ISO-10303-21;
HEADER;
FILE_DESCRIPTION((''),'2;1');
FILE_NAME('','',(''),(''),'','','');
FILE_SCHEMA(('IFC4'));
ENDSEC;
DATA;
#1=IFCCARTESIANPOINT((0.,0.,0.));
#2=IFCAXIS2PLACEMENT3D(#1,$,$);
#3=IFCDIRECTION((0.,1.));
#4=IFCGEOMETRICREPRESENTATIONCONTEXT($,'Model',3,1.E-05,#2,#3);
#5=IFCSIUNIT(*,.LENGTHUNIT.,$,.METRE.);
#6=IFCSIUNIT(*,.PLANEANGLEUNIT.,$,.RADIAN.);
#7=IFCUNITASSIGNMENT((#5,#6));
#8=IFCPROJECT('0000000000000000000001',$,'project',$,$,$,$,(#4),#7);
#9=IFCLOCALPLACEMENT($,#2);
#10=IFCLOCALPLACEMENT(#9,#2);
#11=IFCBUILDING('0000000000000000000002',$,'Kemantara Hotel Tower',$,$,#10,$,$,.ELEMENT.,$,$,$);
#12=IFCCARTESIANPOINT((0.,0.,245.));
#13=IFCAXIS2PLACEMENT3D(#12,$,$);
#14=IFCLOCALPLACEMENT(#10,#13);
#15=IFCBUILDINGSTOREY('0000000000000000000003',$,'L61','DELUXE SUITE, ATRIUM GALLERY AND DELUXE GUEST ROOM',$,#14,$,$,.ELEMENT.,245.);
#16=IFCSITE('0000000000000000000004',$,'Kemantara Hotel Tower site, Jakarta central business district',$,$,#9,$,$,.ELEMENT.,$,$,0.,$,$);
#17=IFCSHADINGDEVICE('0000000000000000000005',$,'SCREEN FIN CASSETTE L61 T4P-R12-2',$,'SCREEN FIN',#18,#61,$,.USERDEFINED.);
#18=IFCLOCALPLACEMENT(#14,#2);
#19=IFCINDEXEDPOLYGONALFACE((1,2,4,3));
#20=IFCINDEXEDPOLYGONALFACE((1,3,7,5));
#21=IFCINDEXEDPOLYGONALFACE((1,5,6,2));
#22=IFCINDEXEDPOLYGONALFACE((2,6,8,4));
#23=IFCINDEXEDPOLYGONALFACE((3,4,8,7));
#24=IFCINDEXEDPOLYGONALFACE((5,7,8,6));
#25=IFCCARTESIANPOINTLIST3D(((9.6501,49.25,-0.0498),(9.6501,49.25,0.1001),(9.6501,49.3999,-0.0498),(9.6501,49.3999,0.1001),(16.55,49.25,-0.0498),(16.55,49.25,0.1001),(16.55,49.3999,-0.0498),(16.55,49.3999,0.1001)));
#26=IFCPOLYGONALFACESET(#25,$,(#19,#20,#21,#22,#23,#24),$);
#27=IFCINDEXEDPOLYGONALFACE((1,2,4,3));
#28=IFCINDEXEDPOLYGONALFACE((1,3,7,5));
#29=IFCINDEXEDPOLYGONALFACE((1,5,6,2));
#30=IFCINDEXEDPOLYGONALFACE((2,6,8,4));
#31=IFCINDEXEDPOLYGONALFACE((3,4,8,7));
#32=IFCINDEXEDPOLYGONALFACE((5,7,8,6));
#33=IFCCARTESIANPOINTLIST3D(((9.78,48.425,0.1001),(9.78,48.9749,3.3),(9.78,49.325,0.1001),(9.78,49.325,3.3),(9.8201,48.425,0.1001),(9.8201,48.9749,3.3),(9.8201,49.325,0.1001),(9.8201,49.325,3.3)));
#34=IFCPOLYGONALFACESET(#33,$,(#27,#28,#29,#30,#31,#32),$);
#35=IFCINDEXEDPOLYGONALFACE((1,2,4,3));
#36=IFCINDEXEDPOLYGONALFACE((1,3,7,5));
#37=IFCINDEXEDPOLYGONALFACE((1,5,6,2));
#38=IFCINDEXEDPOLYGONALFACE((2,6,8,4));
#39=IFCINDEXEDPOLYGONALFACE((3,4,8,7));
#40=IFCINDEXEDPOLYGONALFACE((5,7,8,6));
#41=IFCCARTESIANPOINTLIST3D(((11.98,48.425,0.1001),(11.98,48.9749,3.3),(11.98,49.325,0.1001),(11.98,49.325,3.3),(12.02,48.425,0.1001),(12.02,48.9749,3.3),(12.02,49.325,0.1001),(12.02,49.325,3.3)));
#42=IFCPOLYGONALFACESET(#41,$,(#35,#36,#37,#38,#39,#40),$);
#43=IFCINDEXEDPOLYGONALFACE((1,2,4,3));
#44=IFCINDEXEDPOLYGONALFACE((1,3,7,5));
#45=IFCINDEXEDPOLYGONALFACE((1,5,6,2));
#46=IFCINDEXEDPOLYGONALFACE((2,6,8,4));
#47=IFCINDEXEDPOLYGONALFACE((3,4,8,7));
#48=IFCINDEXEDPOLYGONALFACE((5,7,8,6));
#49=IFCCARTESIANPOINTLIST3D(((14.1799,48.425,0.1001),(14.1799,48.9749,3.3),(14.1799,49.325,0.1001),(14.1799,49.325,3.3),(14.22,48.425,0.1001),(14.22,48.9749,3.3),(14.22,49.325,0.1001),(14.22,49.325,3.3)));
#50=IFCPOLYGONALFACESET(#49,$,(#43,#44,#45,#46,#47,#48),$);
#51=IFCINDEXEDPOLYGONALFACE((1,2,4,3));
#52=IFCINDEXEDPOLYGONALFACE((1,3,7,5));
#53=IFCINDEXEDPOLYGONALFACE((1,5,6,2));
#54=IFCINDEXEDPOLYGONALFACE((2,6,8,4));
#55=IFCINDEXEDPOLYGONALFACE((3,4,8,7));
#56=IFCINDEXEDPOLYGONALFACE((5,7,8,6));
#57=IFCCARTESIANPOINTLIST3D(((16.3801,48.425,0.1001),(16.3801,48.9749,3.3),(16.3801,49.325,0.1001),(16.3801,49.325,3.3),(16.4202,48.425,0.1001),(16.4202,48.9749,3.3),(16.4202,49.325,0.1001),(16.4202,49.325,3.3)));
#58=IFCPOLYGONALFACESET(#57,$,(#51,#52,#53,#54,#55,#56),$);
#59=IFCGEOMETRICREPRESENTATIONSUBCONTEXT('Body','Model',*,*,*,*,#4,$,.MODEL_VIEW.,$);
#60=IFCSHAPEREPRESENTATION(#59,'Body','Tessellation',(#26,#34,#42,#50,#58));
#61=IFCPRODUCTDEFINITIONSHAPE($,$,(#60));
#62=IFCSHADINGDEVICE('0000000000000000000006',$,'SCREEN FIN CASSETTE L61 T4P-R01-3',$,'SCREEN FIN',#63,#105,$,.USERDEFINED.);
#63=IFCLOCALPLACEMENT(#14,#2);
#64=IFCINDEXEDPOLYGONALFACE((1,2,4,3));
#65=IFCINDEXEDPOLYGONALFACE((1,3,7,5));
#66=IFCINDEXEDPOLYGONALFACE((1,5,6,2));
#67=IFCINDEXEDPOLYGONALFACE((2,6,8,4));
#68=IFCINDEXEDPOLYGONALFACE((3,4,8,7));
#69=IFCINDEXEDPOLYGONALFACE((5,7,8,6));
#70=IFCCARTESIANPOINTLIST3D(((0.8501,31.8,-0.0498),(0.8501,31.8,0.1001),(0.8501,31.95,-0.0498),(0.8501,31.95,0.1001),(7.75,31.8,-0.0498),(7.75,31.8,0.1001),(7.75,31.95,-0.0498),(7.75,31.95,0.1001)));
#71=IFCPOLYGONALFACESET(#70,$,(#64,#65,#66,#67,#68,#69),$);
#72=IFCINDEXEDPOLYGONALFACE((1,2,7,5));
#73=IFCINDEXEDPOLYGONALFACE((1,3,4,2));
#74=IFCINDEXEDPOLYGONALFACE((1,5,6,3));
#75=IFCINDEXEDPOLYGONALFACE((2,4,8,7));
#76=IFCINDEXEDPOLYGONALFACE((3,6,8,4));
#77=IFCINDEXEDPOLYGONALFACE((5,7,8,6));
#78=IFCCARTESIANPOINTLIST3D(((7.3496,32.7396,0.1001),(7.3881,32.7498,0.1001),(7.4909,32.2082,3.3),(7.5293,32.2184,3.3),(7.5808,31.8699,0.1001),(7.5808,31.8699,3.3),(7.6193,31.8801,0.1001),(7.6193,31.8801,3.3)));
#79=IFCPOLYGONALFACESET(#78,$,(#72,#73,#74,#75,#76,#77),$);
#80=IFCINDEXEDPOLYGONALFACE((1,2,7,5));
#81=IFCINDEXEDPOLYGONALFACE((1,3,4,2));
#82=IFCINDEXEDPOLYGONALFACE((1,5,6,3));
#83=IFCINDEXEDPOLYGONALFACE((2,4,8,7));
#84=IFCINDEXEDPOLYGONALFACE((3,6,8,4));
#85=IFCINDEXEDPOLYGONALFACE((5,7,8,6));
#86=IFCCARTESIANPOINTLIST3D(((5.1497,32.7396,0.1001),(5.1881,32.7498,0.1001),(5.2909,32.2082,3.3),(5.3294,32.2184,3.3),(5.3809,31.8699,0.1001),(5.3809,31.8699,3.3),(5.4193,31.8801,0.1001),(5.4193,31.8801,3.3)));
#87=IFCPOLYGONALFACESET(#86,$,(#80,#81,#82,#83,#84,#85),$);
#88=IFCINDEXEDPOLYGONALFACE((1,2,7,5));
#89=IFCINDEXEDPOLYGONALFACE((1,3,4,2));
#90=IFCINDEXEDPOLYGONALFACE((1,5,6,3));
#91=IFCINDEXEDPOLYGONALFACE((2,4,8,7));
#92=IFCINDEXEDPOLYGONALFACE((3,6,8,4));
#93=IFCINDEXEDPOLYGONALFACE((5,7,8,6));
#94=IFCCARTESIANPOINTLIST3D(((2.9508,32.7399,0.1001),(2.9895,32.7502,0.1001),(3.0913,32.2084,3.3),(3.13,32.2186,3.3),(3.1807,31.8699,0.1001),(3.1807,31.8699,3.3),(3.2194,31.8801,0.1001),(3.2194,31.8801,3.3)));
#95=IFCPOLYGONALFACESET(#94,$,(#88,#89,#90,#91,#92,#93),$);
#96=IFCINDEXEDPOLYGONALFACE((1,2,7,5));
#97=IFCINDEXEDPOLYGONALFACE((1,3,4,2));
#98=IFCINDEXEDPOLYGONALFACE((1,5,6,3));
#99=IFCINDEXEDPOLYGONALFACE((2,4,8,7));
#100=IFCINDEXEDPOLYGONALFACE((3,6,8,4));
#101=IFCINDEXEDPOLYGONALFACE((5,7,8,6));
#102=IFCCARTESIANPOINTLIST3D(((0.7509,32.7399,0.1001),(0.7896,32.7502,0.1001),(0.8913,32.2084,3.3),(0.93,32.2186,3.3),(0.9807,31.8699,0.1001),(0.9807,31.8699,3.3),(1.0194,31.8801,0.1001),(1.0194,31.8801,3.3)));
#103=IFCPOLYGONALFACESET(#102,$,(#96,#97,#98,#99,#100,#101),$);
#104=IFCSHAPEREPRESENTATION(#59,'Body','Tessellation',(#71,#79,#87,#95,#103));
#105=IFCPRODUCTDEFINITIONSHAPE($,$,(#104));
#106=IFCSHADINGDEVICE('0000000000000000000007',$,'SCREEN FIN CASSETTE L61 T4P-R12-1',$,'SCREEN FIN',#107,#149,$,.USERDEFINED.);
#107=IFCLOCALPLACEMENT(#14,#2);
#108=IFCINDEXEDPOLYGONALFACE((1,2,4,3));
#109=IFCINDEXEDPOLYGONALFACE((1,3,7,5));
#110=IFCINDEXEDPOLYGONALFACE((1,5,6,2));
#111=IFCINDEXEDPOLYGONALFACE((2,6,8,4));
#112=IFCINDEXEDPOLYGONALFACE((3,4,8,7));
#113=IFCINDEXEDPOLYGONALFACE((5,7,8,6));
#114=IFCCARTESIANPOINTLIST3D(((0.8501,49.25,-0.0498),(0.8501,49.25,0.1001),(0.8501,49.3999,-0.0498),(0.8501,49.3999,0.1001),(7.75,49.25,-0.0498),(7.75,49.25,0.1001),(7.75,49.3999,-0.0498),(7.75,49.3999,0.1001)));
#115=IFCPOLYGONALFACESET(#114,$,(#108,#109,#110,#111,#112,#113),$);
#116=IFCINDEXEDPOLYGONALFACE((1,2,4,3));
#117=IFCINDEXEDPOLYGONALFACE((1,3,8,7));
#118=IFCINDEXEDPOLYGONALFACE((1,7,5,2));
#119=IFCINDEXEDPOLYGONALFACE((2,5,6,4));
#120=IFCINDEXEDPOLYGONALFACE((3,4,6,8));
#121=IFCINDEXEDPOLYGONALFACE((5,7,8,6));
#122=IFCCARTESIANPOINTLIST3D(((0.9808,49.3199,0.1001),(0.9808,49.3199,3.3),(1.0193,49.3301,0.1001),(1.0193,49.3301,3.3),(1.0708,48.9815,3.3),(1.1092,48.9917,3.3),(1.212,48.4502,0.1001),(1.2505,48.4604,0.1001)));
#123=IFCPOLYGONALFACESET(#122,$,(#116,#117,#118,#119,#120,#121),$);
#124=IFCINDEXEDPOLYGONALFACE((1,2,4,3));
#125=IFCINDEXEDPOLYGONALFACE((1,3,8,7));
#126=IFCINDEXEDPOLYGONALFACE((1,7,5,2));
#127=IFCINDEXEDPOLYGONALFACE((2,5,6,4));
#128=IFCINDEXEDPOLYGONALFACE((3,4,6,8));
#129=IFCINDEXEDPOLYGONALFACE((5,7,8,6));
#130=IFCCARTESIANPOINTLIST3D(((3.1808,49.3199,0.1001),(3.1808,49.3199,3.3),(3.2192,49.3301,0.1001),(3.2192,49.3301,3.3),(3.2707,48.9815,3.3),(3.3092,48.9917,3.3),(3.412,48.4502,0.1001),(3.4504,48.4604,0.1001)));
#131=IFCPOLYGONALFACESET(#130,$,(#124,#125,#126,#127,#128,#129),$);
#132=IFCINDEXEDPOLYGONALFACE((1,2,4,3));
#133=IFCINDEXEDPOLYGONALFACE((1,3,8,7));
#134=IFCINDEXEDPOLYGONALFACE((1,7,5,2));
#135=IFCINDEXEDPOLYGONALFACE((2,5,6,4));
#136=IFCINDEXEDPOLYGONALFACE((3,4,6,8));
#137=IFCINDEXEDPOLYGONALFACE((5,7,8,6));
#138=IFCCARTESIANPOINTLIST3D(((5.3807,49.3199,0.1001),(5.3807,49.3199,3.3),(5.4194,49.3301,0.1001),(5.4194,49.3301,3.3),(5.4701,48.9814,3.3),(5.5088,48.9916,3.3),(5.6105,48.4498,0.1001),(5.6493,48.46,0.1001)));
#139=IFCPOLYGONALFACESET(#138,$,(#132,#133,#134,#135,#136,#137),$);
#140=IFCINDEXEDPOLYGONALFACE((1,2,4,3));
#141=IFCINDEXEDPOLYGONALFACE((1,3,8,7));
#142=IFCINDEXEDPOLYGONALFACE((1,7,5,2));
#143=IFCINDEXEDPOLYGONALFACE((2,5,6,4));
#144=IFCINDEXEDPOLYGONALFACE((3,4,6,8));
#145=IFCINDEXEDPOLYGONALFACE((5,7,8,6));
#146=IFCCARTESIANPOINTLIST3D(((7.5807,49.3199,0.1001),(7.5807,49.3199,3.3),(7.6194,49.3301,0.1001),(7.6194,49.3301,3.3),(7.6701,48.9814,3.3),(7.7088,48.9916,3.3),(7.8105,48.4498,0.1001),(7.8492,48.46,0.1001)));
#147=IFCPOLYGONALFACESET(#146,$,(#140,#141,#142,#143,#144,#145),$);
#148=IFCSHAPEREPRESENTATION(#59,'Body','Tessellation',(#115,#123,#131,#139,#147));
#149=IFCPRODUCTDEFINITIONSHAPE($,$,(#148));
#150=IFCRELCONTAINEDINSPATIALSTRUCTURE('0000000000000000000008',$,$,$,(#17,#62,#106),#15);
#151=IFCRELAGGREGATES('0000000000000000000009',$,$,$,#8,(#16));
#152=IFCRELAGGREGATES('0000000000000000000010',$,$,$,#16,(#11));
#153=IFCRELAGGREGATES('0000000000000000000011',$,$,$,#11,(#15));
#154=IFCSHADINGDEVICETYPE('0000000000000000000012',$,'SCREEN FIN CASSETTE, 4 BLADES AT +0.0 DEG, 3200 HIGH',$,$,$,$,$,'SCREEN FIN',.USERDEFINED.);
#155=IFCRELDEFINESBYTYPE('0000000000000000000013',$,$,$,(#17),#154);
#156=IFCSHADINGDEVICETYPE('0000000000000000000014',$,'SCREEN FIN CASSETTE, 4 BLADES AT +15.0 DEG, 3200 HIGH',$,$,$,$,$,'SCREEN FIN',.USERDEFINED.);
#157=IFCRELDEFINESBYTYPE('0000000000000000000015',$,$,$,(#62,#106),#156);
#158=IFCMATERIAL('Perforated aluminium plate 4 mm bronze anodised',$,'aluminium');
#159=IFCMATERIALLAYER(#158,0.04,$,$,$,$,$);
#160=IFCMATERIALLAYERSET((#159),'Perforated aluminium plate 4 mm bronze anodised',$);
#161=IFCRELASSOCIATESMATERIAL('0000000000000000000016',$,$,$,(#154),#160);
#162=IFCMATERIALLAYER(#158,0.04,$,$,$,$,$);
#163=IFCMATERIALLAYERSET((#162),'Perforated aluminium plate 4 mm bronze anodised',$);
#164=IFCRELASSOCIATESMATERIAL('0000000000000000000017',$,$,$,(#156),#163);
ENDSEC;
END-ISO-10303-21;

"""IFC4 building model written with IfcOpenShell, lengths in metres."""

from ifc_helpers import new_model, si_unit, direction, frame, origin, origin_2d, place, context, subcontext, project, spatial, polyline, rectangle, outline, extrude, source, transform, mapped, material, layer, layer_set, type_object, element, save


model = new_model("IFC4")

# Units and contexts
model_context = context("Model", 3, precision=1e-05, world=origin(), true_north=direction((0.0, 1.0)))
body_context = subcontext(model_context, "Body", "Model", "MODEL_VIEW")
ifc_project = project(units=[si_unit("LENGTHUNIT", "METRE"), si_unit("PLANEANGLEUNIT", "RADIAN")], contexts=[model_context])

# Site, building, storey
site_placement = place(None, origin())
site = spatial("IfcSite", under=ifc_project, at=site_placement, Name="Kemantara Hotel Tower site, Jakarta central business district", CompositionType="ELEMENT", RefElevation=0.0)
building_placement = place(site_placement, origin())
building = spatial("IfcBuilding", under=site, at=building_placement, Name="Kemantara Hotel Tower", CompositionType="ELEMENT")
storey_placement = place(building_placement, frame((0.0, 0.0, 245.0)))
storey = spatial("IfcBuildingStorey", under=building, at=storey_placement, Name="L61", Description="DELUXE SUITE, ATRIUM GALLERY AND DELUXE GUEST ROOM", CompositionType="ELEMENT", Elevation=245.0)

# Shading devices
ifc_material_1 = material(Name="Perforated aluminium plate 4 mm bronze anodised", Category="aluminium")
ifc_layer_1 = layer(ifc_material_1, 0.04)
ifc_layer_set_1 = layer_set([ifc_layer_1], Name="Perforated aluminium plate 4 mm bronze anodised")
shading_device_type_1 = type_object("IfcShadingDeviceType", Name="SCREEN FIN CASSETTE, 4 BLADES AT +0.0 DEG, 3200 HIGH", ElementType="SCREEN FIN", PredefinedType="USERDEFINED", material=ifc_layer_set_1)
shared_shape_1 = source(origin(), body_context, "Body", "SweptSolid", [
    extrude(rectangle(XDim=6.8999, YDim=0.1499, at=origin_2d()), frame((3.3, -0.075, -0.1499), z_axis=(0.0, 0.0, 1.0), x_axis=(1.0, 0.0, 0.0)), (0.0, 0.0, 1.0), 0.1499),
    extrude(outline(polyline([(0.0, 0.0), (0.8999, 0.0), (0.3501, 3.2), (0.0, 3.2), (0.0, 0.0)])), frame((0.02, -0.075, 0.0), z_axis=(-1.0, 0.0, 0.0), x_axis=(0.0, -1.0, 0.0)), (0.0, 0.0, 1.0), 0.04),
    extrude(outline(polyline([(0.0, 0.0), (0.8999, 0.0), (0.3501, 3.2), (0.0, 3.2), (0.0, 0.0)])), frame((2.22, -0.075, 0.0), z_axis=(-1.0, 0.0, 0.0), x_axis=(0.0, -1.0, 0.0)), (0.0, 0.0, 1.0), 0.04),
    extrude(outline(polyline([(0.0, 0.0), (0.8999, 0.0), (0.3501, 3.2), (0.0, 3.2), (0.0, 0.0)])), frame((4.4199, -0.075, 0.0), z_axis=(-1.0, 0.0, 0.0), x_axis=(0.0, -1.0, 0.0)), (0.0, 0.0, 1.0), 0.04),
    extrude(outline(polyline([(0.0, 0.0), (0.8999, 0.0), (0.3501, 3.2), (0.0, 3.2), (0.0, 0.0)])), frame((6.6201, -0.075, 0.0), z_axis=(-1.0, 0.0, 0.0), x_axis=(0.0, -1.0, 0.0)), (0.0, 0.0, 1.0), 0.04),
])
shading_device_placement = place(storey_placement, frame((9.8, 49.3999, 0.1001), z_axis=(0.0, 0.0, 1.0), x_axis=(1.0, 0.0, 0.0)))
element("IfcShadingDevice", 1, at=shading_device_placement, inside=storey, type_object=shading_device_type_1, Name="SCREEN FIN CASSETTE L61 T4P-R12-2", ObjectType="SCREEN FIN", PredefinedType="USERDEFINED", context=body_context, shape_type="MappedRepresentation", body=[
    mapped(shared_shape_1, transform((0.0, 0.0, 0.0))),
])
ifc_layer_2 = layer(ifc_material_1, 0.04)
ifc_layer_set_2 = layer_set([ifc_layer_2], Name="Perforated aluminium plate 4 mm bronze anodised")
shading_device_type_2 = type_object("IfcShadingDeviceType", Name="SCREEN FIN CASSETTE, 4 BLADES AT +15.0 DEG, 3200 HIGH", ElementType="SCREEN FIN", PredefinedType="USERDEFINED", material=ifc_layer_set_2)
shared_shape_2 = source(origin(), body_context, "Body", "SweptSolid", [
    extrude(rectangle(XDim=6.8999, YDim=0.1499, at=origin_2d()), frame((3.3, -0.075, -0.1499), z_axis=(0.0, 0.0, 1.0), x_axis=(1.0, 0.0, 0.0)), (0.0, 0.0, 1.0), 0.1499),
    extrude(outline(polyline([(0.0, 0.0), (0.8999, 0.0), (0.3501, 3.2), (0.0, 3.2), (0.0, 0.0)])), frame((0.0193, -0.0698, 0.0), z_axis=(-0.966438, -0.256901, 0.0), x_axis=(0.256901, -0.966438, 0.0)), (0.0, 0.0, 1.0), 0.0398),
    extrude(outline(polyline([(0.0, 0.0), (0.8999, 0.0), (0.3501, 3.2), (0.0, 3.2), (0.0, 0.0)])), frame((2.2192, -0.0698, 0.0), z_axis=(-0.966438, -0.256901, 0.0), x_axis=(0.256901, -0.966438, 0.0)), (0.0, 0.0, 1.0), 0.0398),
    extrude(outline(polyline([(0.0, 0.0), (0.8999, 0.0), (0.3501, 3.2), (0.0, 3.2), (0.0, 0.0)])), frame((4.4194, -0.0698, 0.0), z_axis=(-0.966838, -0.255391, 0.0), x_axis=(0.255391, -0.966838, 0.0)), (0.0, 0.0, 1.0), 0.04),
    extrude(outline(polyline([(0.0, 0.0), (0.8999, 0.0), (0.3501, 3.2), (0.0, 3.2), (0.0, 0.0)])), frame((6.6194, -0.0698, 0.0), z_axis=(-0.966838, -0.255391, 0.0), x_axis=(0.255391, -0.966838, 0.0)), (0.0, 0.0, 1.0), 0.04),
])
for number, where, z_axis, x_axis, name in (
    (2, (7.6001, 31.8, 0.1001), (0.0, 0.0, 1.0), (-1.0, 0.0, 0.0), "SCREEN FIN CASSETTE L61 T4P-R01-3"),
    (3, (1.0, 49.3999, 0.1001), (0.0, 0.0, 1.0), (1.0, 0.0, 0.0), "SCREEN FIN CASSETTE L61 T4P-R12-1"),
):
    element("IfcShadingDevice", number, at=place(storey_placement, frame(where, z_axis=z_axis, x_axis=x_axis)), inside=storey, type_object=shading_device_type_2, Name=name, ObjectType="SCREEN FIN", PredefinedType="USERDEFINED", context=body_context, shape_type="MappedRepresentation", body=[
        mapped(shared_shape_2, transform((0.0, 0.0, 0.0))),
    ])

save(model, "model.ifc")
